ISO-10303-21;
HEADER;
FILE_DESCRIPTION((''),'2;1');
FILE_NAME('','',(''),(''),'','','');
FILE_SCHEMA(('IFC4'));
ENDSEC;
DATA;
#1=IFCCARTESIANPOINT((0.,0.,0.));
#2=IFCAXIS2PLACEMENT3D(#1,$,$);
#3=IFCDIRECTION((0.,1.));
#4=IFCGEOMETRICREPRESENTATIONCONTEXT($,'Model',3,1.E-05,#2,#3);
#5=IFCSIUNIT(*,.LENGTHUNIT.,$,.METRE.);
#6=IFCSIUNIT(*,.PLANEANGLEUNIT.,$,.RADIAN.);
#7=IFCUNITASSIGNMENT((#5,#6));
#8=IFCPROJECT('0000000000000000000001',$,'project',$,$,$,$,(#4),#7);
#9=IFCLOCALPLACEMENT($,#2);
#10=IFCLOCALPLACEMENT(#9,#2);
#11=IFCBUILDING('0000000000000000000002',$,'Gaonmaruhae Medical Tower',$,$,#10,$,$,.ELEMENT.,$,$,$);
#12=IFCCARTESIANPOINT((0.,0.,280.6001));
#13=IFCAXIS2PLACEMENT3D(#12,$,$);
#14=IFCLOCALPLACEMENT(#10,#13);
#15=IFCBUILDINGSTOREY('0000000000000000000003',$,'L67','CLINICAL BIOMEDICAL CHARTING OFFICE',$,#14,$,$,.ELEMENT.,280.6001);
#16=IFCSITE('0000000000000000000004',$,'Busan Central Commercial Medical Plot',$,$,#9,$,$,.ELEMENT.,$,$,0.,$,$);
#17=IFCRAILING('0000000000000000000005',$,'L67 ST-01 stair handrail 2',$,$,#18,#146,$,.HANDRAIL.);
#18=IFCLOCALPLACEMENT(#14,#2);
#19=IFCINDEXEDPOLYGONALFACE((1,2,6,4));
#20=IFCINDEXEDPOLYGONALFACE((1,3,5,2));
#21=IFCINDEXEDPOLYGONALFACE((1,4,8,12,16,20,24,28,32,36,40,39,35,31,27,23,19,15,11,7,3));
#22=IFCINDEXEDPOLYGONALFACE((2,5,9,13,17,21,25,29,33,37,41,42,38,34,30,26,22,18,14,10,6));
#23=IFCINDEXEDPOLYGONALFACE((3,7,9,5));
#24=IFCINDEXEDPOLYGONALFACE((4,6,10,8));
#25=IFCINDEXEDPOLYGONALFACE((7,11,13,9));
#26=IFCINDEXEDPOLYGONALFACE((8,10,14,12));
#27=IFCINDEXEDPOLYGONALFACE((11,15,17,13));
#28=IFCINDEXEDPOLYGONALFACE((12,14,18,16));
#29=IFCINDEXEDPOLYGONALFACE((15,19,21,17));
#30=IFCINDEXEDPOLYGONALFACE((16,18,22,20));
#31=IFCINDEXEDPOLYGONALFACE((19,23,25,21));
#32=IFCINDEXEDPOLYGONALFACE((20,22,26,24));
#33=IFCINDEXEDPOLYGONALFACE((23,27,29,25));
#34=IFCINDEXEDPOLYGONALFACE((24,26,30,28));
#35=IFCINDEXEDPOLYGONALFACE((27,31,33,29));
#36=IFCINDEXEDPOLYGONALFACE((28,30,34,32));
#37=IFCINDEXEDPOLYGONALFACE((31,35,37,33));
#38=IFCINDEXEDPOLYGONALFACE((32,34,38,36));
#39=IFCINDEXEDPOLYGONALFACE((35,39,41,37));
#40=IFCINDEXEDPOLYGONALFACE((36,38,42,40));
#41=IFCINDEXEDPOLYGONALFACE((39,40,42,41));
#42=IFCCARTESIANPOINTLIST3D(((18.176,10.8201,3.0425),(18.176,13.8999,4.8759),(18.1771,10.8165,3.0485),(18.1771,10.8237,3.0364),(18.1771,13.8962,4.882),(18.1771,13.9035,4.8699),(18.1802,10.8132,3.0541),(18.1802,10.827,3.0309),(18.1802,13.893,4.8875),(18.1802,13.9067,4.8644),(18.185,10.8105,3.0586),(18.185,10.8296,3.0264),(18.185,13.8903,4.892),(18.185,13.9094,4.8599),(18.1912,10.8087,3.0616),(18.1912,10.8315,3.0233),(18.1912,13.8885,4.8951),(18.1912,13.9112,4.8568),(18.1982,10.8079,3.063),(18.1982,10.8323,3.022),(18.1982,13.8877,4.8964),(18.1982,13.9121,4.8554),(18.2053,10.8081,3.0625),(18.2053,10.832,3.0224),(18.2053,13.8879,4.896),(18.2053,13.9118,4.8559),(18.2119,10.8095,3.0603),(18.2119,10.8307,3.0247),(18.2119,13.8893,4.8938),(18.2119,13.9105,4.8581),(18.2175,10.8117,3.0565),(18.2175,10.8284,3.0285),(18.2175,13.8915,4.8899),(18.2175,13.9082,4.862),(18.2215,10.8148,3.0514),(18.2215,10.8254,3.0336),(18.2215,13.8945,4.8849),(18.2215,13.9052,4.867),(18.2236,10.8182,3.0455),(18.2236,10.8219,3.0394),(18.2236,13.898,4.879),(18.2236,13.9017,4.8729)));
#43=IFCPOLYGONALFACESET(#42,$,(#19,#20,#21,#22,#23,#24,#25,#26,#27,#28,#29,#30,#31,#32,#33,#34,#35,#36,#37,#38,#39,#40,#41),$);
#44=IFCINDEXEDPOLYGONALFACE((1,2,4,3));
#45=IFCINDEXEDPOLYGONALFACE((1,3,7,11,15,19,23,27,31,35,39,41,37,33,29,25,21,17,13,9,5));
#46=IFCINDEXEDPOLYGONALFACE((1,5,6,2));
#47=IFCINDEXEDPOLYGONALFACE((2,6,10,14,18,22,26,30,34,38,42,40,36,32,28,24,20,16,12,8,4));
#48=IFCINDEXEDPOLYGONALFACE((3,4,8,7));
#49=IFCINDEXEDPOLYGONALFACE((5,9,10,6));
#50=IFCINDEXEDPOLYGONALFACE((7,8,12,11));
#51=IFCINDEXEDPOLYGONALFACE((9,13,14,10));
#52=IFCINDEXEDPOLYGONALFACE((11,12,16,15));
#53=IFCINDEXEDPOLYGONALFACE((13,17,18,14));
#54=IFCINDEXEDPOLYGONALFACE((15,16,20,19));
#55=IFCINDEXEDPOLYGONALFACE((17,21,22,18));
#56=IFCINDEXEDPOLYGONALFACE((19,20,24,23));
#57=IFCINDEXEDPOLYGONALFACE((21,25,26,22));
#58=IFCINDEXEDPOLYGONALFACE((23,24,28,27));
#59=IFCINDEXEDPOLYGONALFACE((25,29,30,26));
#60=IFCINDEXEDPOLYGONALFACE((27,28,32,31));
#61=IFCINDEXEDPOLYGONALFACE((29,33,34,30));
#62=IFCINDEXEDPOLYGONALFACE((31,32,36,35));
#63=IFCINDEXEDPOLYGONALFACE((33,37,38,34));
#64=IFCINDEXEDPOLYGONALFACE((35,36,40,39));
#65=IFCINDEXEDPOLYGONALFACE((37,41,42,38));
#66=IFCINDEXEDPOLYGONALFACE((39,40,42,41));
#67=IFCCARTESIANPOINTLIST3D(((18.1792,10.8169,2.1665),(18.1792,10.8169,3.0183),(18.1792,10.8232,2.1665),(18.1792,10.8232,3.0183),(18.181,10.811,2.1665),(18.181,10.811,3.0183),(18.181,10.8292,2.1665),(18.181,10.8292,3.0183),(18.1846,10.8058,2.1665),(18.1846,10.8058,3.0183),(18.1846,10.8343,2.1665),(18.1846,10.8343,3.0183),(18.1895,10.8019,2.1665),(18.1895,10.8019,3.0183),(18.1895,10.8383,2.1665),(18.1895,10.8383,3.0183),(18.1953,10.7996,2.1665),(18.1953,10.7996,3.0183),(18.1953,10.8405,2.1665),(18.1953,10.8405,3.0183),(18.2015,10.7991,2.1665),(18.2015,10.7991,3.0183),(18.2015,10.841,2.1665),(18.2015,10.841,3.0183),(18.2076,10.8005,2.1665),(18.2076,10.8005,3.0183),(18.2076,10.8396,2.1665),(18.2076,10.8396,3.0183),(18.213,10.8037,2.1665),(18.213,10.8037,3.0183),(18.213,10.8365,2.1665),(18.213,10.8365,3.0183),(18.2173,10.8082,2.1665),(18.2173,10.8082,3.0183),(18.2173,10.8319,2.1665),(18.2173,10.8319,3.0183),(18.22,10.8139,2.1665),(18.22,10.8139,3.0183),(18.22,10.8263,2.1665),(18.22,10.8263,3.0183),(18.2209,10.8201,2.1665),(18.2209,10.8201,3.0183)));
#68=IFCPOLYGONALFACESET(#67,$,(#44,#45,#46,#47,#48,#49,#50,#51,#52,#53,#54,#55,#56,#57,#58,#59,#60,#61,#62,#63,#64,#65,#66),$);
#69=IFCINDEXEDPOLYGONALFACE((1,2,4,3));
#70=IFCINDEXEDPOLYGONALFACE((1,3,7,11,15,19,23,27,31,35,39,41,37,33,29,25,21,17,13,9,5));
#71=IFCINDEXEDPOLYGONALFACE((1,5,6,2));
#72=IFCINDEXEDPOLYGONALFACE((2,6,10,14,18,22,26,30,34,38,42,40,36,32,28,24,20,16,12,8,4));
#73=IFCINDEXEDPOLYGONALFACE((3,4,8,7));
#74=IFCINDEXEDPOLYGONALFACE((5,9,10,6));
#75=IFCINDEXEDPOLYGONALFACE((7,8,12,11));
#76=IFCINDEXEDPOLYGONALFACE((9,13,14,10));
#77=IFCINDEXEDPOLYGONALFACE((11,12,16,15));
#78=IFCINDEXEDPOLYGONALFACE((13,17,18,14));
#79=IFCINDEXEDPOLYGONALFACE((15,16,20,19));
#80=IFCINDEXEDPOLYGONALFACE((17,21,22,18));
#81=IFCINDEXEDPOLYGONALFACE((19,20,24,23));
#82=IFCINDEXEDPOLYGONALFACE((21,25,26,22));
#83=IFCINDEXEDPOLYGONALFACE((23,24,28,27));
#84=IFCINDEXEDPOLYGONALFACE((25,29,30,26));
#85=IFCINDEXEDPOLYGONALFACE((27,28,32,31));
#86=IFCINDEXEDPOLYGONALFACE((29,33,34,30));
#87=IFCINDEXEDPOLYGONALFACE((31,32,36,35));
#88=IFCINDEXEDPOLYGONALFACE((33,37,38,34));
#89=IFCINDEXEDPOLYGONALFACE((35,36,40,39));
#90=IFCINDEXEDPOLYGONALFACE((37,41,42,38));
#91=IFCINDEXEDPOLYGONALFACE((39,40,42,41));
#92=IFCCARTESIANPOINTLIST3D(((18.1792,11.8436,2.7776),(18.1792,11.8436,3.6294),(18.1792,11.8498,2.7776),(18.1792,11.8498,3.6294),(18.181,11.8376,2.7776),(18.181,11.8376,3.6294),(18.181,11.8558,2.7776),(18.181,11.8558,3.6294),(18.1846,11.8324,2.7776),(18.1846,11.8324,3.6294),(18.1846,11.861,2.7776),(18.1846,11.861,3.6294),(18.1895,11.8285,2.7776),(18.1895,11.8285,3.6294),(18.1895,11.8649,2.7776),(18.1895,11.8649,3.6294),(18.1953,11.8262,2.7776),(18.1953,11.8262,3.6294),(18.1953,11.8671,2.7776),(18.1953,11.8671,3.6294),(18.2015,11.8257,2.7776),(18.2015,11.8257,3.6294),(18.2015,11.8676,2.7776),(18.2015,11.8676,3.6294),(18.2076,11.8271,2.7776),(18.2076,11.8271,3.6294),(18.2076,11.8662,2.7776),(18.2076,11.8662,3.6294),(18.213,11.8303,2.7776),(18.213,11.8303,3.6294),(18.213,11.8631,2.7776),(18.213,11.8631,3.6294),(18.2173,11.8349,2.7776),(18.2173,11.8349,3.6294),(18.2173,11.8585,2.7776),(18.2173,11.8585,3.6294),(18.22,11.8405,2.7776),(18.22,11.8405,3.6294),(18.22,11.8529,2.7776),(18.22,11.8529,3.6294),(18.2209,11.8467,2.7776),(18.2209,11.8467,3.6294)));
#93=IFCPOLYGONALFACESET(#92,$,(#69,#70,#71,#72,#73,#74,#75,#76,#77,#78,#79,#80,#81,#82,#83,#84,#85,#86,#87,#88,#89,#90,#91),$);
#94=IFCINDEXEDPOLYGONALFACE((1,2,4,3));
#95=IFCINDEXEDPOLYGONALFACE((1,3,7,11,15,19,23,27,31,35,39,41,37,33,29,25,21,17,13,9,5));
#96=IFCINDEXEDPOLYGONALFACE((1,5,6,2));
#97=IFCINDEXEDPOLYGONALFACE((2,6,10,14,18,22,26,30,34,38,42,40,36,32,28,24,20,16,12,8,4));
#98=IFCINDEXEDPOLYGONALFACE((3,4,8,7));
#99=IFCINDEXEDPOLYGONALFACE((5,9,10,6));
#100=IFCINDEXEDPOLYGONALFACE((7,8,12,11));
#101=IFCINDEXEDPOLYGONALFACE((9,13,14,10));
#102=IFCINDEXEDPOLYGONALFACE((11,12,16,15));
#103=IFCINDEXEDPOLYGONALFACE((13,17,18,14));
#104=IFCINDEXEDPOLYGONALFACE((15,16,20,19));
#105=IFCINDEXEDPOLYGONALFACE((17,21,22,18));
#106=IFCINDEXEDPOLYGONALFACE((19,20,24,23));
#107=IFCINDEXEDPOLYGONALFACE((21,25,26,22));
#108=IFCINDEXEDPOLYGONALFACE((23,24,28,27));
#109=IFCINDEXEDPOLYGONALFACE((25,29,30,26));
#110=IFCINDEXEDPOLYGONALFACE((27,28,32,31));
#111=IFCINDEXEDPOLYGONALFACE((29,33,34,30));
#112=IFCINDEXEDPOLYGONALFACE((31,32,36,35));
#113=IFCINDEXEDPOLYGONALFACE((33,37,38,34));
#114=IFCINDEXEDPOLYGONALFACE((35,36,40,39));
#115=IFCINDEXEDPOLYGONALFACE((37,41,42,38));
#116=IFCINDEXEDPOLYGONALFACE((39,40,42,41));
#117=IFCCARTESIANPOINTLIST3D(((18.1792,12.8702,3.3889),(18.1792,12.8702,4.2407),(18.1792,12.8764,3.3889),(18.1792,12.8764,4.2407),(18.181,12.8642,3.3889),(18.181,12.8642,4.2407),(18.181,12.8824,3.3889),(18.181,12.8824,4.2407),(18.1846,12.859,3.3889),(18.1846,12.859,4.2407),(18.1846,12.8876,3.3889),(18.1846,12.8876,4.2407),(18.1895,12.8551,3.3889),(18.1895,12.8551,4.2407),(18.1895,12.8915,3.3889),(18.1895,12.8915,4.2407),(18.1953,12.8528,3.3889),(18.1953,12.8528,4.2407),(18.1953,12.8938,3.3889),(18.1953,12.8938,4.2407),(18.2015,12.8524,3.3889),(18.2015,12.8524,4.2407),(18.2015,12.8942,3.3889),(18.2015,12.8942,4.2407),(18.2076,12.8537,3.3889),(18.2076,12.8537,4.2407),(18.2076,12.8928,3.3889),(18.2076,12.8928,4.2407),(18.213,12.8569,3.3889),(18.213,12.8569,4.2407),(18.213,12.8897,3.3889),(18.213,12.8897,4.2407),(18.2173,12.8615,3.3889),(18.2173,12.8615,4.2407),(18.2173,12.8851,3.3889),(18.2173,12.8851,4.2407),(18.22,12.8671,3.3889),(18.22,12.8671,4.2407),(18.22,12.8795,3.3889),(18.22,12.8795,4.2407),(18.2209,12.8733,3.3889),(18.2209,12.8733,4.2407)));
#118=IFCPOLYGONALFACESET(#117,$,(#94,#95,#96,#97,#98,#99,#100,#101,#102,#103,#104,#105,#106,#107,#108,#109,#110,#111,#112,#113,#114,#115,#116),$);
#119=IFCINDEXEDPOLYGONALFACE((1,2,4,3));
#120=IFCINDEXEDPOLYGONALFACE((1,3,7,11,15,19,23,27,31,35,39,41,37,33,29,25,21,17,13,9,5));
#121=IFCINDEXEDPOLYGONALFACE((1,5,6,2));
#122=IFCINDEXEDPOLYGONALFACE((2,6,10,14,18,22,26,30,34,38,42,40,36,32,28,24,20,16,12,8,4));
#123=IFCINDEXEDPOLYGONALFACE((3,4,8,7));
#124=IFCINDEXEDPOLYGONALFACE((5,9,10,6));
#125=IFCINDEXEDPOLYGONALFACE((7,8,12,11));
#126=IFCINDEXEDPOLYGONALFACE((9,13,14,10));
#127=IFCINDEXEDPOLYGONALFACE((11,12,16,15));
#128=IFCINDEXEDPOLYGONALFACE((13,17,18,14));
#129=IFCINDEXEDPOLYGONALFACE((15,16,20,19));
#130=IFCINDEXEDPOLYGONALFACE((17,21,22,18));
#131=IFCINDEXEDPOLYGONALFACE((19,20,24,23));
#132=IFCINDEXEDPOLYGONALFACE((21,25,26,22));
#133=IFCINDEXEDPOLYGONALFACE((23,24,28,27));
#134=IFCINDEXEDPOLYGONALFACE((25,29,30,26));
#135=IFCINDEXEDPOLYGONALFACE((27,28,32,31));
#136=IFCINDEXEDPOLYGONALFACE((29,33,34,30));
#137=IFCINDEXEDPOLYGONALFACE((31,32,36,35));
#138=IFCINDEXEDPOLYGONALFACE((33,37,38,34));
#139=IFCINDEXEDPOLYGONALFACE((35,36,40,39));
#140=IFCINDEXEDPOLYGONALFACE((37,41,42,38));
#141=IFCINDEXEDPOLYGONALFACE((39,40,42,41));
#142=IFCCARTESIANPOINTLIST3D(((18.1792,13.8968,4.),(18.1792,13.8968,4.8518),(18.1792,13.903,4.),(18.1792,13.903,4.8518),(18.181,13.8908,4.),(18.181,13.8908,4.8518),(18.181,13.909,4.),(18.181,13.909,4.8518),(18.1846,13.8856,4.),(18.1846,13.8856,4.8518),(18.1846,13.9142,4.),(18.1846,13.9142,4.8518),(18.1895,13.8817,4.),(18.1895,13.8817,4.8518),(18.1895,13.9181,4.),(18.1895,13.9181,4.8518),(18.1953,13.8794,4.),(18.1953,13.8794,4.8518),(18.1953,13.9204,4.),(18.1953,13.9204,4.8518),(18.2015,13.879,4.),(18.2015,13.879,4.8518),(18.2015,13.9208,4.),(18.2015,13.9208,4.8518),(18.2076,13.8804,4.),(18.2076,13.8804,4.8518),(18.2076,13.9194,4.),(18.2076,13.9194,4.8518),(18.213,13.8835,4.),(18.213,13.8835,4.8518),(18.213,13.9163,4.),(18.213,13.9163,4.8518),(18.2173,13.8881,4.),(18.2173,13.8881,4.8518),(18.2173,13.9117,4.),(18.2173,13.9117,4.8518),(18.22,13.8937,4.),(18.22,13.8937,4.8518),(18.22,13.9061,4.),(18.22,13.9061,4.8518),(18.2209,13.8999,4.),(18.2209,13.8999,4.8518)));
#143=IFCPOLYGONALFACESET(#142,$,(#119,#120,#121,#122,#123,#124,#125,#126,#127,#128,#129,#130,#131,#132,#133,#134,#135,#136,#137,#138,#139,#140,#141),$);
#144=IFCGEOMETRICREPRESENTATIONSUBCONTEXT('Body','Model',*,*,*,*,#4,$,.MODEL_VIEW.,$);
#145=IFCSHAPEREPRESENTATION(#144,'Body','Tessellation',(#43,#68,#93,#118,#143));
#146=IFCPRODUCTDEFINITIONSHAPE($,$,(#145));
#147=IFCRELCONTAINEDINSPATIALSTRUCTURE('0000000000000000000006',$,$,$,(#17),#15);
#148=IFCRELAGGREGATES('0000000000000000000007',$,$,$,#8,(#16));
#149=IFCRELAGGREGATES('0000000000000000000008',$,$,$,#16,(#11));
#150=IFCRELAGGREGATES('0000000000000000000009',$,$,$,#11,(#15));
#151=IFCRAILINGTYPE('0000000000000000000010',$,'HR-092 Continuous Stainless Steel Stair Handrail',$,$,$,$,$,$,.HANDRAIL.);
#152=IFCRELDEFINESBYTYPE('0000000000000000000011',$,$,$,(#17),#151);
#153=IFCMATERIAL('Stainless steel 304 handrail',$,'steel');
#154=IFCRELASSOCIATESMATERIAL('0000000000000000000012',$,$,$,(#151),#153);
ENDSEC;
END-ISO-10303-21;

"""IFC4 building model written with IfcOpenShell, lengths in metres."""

from ifc_helpers import new_model, si_unit, direction, frame, origin, origin_2d, place, context, subcontext, project, spatial, circle, extrude, material, type_object, element, save


model = new_model("IFC4")

# Units and contexts
model_context = context("Model", 3, precision=1e-05, world=origin(), true_north=direction((0.0, 1.0)))
body_context = subcontext(model_context, "Body", "Model", "MODEL_VIEW")
ifc_project = project(units=[si_unit("LENGTHUNIT", "METRE"), si_unit("PLANEANGLEUNIT", "RADIAN")], contexts=[model_context])

# Site, building, storey
site_placement = place(None, origin())
site = spatial("IfcSite", under=ifc_project, at=site_placement, Name="Busan Central Commercial Medical Plot", CompositionType="ELEMENT", RefElevation=0.0)
building_placement = place(site_placement, origin())
building = spatial("IfcBuilding", under=site, at=building_placement, Name="Gaonmaruhae Medical Tower", CompositionType="ELEMENT")
storey_placement = place(building_placement, frame((0.0, 0.0, 280.6001)))
storey = spatial("IfcBuildingStorey", under=building, at=storey_placement, Name="L67", Description="CLINICAL BIOMEDICAL CHARTING OFFICE", CompositionType="ELEMENT", Elevation=280.6001)

# Railing
ifc_material_1 = material(Name="Stainless steel 304 handrail", Category="steel")
railing_type_1 = type_object("IfcRailingType", Name="HR-092 Continuous Stainless Steel Stair Handrail", PredefinedType="HANDRAIL", material=ifc_material_1)
railing_1_placement = place(storey_placement, frame((18.2, 10.8201, 2.1665)))
element("IfcRailing", 1, at=railing_1_placement, inside=storey, type_object=railing_type_1, Name="L67 ST-01 stair handrail 2", PredefinedType="HANDRAIL", context=body_context, shape_type="SweptSolid", body=[
    extrude(circle(Radius=0.0239, at=origin_2d()), frame((0.0, 0.0, 0.876), z_axis=(0.0, 0.859261, 0.511538), x_axis=(-1.0, 0.0, 0.0)), (0.0, 0.0, 1.0), 3.5842),
    extrude(circle(Radius=0.021, at=origin_2d()), origin(), (0.0, 0.0, 1.0), 0.8518),
    extrude(circle(Radius=0.021, at=origin_2d()), frame((0.0, 1.0266, 0.6111)), (0.0, 0.0, 1.0), 0.8518),
    extrude(circle(Radius=0.021, at=origin_2d()), frame((0.0, 2.0532, 1.2224)), (0.0, 0.0, 1.0), 0.8518),
    extrude(circle(Radius=0.021, at=origin_2d()), frame((0.0, 3.0798, 1.8335)), (0.0, 0.0, 1.0), 0.8518),
])

save(model, "model.ifc")
